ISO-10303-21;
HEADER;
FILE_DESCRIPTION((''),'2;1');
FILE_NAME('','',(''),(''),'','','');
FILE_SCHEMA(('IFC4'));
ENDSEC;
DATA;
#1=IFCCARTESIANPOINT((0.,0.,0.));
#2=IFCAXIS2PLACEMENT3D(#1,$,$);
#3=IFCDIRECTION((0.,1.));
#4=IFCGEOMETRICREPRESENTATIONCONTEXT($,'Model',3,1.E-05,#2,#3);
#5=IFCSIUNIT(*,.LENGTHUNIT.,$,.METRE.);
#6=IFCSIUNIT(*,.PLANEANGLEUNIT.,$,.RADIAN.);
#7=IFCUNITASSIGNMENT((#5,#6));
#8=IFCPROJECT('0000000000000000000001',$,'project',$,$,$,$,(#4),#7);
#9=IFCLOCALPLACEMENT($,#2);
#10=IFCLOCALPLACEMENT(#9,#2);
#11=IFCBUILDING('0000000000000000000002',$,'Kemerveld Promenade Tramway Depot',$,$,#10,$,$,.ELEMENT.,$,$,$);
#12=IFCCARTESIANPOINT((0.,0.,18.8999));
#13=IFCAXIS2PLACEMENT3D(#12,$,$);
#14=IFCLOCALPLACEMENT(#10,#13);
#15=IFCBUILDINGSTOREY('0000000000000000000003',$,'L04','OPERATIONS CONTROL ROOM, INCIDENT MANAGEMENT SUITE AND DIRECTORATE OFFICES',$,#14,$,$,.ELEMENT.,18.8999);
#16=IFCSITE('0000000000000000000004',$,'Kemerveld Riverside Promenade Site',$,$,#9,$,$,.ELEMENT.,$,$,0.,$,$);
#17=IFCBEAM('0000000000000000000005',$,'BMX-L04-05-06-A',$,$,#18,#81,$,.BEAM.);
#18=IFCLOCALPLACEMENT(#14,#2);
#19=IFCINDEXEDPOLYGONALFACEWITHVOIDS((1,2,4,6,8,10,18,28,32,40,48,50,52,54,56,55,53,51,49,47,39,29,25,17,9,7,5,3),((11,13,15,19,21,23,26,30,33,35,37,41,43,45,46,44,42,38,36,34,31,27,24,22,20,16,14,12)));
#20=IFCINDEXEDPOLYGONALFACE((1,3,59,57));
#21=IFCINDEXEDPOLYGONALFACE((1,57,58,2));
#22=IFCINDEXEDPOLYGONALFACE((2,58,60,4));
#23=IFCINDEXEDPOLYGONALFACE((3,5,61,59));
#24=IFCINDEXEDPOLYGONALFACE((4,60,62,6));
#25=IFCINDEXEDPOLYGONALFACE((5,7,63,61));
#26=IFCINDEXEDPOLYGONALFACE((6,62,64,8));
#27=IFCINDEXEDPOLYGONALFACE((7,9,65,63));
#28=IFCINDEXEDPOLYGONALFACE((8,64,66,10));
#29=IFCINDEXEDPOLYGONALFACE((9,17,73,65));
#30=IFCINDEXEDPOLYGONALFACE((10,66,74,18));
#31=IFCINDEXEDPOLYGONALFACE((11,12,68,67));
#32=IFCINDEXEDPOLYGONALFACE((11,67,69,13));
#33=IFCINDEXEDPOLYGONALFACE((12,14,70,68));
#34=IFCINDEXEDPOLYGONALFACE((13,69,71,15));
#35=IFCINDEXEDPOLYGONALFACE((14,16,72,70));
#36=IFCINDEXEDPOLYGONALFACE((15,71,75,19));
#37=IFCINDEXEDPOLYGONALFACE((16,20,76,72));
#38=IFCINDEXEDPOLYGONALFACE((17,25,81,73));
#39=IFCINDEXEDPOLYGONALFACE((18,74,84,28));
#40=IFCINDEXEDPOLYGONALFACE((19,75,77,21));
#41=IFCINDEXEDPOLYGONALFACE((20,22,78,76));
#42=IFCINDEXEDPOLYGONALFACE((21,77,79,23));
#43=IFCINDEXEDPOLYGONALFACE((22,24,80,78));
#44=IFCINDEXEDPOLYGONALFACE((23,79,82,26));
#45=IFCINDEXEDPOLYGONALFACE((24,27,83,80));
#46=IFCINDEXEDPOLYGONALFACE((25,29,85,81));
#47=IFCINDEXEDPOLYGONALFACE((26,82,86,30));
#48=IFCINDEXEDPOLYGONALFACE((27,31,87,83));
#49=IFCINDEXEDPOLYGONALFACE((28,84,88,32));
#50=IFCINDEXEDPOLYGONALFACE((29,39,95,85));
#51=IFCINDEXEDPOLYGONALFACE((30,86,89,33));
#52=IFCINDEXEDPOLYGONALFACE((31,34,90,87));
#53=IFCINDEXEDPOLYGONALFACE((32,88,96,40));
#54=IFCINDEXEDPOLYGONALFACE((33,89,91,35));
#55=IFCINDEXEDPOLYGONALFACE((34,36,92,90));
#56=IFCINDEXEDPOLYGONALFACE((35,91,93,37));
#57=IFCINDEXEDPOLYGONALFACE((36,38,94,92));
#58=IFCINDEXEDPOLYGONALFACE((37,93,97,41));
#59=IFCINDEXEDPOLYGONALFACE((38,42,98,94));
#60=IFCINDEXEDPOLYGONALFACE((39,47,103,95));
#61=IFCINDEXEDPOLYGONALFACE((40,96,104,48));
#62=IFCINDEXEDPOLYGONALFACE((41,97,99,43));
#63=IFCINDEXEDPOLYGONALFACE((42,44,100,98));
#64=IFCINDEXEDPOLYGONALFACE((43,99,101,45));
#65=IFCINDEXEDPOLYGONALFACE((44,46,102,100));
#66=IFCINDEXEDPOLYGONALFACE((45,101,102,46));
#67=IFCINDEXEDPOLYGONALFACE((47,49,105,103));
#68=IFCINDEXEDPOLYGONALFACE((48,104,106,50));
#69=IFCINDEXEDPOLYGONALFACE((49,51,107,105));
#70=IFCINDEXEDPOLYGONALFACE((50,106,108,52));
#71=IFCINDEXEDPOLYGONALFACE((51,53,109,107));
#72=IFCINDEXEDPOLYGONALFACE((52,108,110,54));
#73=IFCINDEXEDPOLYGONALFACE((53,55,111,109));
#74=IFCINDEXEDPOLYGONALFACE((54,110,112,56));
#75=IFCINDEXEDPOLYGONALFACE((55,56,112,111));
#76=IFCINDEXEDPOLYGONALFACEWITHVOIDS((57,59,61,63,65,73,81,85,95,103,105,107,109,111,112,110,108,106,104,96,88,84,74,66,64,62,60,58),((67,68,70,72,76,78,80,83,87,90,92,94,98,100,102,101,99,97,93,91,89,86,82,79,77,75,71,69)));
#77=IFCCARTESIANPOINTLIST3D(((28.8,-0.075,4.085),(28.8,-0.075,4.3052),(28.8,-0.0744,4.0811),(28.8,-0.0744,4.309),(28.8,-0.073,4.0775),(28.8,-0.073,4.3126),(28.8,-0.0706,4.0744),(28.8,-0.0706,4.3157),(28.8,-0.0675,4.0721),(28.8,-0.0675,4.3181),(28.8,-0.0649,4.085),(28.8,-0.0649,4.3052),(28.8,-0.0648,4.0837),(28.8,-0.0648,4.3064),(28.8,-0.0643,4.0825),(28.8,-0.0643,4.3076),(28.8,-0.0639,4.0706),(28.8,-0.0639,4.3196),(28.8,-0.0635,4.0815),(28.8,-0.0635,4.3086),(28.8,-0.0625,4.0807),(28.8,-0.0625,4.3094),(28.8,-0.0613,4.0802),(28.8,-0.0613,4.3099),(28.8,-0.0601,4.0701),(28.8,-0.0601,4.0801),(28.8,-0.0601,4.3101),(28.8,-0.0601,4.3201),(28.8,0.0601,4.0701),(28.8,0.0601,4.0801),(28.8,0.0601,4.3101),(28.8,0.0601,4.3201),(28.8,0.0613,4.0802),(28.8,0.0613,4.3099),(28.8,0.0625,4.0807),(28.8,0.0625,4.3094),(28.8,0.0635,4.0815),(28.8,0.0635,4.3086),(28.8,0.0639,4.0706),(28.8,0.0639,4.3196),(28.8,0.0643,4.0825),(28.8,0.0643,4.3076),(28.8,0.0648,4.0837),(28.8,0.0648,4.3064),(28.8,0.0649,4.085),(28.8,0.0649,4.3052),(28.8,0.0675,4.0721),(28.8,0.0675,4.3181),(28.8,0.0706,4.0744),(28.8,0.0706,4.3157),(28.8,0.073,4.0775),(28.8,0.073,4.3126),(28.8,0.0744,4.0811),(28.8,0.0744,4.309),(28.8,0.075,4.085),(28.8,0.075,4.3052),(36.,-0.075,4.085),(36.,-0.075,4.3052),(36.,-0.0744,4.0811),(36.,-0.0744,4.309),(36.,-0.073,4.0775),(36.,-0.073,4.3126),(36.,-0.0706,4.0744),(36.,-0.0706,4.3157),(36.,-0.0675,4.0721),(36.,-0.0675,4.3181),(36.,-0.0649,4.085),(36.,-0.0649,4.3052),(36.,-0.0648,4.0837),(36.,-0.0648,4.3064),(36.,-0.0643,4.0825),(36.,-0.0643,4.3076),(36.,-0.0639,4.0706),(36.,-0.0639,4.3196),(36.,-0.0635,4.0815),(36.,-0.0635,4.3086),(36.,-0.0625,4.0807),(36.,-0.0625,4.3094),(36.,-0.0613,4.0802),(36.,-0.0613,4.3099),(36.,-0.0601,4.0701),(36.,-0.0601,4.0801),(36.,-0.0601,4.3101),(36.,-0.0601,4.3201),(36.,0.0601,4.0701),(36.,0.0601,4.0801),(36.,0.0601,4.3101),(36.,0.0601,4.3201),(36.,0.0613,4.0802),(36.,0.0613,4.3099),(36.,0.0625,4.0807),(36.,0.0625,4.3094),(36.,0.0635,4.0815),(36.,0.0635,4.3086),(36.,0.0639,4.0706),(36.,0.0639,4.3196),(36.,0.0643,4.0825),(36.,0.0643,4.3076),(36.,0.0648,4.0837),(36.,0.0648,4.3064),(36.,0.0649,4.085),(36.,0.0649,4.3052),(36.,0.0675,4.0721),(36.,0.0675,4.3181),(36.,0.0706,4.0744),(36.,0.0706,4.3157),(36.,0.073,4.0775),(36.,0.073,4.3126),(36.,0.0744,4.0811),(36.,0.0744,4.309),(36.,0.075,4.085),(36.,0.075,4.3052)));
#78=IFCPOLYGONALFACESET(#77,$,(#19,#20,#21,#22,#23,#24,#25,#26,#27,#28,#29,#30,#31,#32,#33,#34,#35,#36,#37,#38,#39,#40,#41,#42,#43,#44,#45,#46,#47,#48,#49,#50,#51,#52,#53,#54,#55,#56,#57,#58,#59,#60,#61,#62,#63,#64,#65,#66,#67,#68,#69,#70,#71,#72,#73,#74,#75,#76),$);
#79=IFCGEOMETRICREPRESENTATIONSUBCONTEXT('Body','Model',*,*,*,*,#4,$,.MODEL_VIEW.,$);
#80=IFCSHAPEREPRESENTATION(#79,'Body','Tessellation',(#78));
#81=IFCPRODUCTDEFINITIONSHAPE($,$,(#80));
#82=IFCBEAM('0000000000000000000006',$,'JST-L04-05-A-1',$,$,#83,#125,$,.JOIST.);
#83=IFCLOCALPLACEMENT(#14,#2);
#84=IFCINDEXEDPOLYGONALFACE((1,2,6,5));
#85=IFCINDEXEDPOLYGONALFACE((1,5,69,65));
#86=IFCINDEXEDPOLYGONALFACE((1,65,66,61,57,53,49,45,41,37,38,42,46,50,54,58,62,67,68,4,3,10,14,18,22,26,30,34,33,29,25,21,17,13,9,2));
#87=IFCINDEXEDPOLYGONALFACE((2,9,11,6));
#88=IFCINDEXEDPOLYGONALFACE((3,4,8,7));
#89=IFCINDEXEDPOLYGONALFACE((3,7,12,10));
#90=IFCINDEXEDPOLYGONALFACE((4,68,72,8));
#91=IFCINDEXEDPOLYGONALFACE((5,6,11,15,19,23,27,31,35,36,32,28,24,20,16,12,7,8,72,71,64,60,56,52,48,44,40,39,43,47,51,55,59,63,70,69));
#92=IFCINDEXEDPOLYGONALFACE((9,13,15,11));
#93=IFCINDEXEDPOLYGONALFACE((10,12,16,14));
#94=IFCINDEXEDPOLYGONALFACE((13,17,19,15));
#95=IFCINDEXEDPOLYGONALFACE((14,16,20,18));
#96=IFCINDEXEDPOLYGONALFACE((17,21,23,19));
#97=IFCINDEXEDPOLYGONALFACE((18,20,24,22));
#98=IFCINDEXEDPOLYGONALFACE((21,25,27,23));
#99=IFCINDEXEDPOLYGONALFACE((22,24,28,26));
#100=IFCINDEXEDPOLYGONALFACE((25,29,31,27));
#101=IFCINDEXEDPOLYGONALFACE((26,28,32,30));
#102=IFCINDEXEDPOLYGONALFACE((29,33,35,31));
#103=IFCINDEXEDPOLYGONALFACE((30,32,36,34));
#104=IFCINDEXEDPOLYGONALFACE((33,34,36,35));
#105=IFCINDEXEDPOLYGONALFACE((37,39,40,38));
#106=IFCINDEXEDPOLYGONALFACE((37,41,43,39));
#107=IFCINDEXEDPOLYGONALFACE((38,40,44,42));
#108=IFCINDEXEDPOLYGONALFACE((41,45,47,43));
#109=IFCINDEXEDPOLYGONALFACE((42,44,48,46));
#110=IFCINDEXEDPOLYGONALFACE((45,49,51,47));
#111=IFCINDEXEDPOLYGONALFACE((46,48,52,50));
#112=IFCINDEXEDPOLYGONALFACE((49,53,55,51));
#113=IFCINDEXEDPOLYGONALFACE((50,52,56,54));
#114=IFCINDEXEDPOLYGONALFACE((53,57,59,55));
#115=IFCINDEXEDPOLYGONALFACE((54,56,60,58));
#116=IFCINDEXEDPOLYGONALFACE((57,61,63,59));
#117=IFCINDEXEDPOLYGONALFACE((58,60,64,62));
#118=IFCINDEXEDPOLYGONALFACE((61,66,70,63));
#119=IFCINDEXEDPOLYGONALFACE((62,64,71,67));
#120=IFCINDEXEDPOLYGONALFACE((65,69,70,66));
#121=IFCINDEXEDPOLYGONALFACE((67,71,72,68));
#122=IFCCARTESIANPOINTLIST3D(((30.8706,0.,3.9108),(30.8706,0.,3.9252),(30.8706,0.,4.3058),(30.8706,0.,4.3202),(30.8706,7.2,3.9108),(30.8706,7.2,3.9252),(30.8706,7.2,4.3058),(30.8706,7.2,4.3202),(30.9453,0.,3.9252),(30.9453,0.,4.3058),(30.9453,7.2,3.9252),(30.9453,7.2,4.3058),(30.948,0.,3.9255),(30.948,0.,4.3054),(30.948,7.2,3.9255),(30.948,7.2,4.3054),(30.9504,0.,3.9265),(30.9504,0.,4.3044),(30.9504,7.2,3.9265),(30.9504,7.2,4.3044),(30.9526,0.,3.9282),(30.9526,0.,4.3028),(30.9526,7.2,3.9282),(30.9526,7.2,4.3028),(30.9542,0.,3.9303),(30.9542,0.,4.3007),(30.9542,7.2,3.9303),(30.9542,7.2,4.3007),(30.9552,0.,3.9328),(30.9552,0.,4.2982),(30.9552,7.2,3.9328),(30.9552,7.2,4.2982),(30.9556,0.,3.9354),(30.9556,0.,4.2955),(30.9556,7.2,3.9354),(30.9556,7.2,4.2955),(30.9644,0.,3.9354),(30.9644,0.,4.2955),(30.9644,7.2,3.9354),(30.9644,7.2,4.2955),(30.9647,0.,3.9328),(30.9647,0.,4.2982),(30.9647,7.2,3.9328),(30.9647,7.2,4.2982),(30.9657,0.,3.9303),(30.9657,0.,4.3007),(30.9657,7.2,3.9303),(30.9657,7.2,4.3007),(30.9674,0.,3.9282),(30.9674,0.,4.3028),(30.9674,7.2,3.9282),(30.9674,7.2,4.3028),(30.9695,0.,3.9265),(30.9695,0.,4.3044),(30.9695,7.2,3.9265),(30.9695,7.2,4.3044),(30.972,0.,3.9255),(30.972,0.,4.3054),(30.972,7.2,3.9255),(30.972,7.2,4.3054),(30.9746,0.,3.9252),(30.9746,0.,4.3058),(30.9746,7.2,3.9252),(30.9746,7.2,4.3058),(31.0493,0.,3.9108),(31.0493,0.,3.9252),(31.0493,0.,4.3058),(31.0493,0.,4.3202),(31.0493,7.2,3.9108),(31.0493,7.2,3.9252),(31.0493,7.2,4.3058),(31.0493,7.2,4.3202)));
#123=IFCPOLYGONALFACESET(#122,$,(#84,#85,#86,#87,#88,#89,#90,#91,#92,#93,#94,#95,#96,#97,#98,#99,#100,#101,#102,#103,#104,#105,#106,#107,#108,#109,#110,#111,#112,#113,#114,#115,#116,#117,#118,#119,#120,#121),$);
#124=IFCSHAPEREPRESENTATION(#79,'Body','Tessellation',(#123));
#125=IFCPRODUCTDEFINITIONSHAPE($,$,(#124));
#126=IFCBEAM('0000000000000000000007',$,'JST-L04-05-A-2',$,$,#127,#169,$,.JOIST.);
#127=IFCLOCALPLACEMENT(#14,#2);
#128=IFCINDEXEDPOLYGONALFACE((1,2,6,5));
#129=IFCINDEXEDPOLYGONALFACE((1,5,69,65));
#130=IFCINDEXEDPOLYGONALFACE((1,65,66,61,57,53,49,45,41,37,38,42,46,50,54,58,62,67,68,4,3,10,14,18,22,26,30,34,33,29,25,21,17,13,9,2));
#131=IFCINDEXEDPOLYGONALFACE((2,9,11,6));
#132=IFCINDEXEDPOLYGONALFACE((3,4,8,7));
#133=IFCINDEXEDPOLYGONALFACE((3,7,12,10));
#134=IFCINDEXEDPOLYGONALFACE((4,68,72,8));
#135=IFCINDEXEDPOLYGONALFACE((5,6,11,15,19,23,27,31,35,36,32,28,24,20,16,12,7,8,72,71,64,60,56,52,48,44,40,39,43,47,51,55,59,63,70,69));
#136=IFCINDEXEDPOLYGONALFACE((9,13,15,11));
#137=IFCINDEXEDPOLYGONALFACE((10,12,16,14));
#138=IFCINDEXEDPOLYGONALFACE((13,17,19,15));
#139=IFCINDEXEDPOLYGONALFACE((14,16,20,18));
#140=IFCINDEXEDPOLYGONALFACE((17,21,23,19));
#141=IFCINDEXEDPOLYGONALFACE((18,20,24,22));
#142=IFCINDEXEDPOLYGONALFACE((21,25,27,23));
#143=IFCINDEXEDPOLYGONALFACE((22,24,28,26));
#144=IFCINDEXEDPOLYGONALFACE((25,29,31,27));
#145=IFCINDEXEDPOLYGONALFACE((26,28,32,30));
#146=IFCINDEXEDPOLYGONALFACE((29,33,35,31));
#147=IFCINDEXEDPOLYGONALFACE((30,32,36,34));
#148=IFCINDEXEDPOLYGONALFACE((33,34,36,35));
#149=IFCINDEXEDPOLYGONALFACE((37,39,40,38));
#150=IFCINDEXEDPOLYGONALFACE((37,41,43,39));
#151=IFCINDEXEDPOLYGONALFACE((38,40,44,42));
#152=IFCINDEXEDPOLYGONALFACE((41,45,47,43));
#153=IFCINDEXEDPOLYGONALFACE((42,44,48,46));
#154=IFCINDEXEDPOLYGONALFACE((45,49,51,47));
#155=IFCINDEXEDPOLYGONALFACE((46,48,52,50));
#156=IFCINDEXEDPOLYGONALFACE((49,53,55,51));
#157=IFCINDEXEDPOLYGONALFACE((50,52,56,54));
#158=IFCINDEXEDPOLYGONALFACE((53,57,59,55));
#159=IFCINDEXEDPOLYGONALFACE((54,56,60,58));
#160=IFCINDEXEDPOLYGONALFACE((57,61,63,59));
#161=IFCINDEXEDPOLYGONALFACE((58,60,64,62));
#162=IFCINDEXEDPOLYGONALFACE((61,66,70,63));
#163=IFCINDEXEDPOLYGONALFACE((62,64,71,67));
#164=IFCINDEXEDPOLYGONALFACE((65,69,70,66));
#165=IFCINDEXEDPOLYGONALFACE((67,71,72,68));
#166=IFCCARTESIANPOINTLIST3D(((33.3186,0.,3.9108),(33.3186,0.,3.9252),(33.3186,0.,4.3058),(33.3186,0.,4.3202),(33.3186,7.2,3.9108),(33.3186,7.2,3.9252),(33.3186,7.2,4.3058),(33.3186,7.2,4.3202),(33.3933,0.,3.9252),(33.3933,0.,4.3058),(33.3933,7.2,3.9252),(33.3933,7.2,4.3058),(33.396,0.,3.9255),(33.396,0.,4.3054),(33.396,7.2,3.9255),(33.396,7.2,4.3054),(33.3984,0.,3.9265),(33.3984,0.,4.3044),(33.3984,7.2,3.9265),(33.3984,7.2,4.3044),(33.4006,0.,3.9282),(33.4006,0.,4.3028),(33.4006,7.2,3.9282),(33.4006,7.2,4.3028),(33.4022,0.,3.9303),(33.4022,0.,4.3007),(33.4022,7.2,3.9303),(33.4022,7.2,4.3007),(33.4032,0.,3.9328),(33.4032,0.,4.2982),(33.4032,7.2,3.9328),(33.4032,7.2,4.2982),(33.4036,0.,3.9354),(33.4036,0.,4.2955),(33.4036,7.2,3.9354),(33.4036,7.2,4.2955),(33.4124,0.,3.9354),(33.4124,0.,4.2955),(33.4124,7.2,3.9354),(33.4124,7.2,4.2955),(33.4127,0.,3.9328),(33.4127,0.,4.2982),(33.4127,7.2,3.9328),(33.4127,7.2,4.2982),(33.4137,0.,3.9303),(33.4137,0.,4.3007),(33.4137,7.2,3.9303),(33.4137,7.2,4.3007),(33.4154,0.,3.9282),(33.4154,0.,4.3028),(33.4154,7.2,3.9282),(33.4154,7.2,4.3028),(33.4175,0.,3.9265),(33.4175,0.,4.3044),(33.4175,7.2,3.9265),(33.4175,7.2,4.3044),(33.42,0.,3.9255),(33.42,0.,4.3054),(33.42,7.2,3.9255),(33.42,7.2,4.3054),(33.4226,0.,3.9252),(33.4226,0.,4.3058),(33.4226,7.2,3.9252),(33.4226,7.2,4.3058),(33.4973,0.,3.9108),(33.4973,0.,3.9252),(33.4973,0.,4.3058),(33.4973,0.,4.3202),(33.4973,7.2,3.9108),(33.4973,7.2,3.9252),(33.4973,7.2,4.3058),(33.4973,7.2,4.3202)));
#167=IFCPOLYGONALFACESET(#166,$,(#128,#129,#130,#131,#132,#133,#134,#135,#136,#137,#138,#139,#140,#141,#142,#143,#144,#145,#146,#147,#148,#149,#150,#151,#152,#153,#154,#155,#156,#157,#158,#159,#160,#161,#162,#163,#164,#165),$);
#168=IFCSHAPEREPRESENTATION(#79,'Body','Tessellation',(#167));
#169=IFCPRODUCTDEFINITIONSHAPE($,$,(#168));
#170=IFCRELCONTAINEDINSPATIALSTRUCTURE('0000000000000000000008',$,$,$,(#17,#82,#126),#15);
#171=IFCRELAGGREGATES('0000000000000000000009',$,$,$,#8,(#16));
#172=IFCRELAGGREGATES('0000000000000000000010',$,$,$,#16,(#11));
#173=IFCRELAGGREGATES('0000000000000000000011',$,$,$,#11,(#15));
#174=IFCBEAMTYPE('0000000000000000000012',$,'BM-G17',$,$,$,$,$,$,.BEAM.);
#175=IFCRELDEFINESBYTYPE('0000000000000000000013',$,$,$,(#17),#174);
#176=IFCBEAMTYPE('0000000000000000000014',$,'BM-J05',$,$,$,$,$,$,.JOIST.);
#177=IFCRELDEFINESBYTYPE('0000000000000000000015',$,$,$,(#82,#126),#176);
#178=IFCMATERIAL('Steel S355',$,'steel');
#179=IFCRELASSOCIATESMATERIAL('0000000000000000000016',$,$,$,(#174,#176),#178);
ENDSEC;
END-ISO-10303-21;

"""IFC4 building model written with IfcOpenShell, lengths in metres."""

from ifc_helpers import new_model, si_unit, direction, frame, origin, origin_2d, place, context, subcontext, project, spatial, hollow_rectangle, i_section, extrude, material, material_profile, profile_set, type_object, element, save


model = new_model("IFC4")

# Units and contexts
model_context = context("Model", 3, precision=1e-05, world=origin(), true_north=direction((0.0, 1.0)))
body_context = subcontext(model_context, "Body", "Model", "MODEL_VIEW")
ifc_project = project(units=[si_unit("LENGTHUNIT", "METRE"), si_unit("PLANEANGLEUNIT", "RADIAN")], contexts=[model_context])

# Site, building, storey
site_placement = place(None, origin())
site = spatial("IfcSite", under=ifc_project, at=site_placement, Name="Kemerveld Riverside Promenade Site", CompositionType="ELEMENT", RefElevation=0.0)
building_placement = place(site_placement, origin())
building = spatial("IfcBuilding", under=site, at=building_placement, Name="Kemerveld Promenade Tramway Depot", CompositionType="ELEMENT")
storey_placement = place(building_placement, frame((0.0, 0.0, 18.8999)))
storey = spatial("IfcBuildingStorey", under=building, at=storey_placement, Name="L04", Description="OPERATIONS CONTROL ROOM, INCIDENT MANAGEMENT SUITE AND DIRECTORATE OFFICES", CompositionType="ELEMENT", Elevation=18.8999)

# Shared definitions
ifc_material_1 = material(Name="Steel S355", Category="steel")

# Beams
ifc_material_profile_1 = material_profile(ifc_material_1, hollow_rectangle(XDim=0.1499, YDim=0.25, WallThickness=0.01, InnerFilletRadius=0.0049, OuterFilletRadius=0.0149, at=origin_2d()), Name="250x150x10.0 RHS")
ifc_profile_set_1 = profile_set([ifc_material_profile_1], Name="Steel S355")
beam_type_1 = type_object("IfcBeamType", Name="BM-G17", PredefinedType="BEAM", material=ifc_profile_set_1)
beam_placement = place(storey_placement, frame((28.8, 0.0, 4.1951), z_axis=(1.0, 0.0, 0.0), x_axis=(0.0, 1.0, 0.0)))
element("IfcBeam", 1, at=beam_placement, inside=storey, type_object=beam_type_1, Name="BMX-L04-05-06-A", PredefinedType="BEAM", context=body_context, shape_type="SweptSolid", body=[
    extrude(hollow_rectangle(XDim=0.1499, YDim=0.25, WallThickness=0.01, InnerFilletRadius=0.0049, OuterFilletRadius=0.0149, at=origin_2d()), origin(), (0.0, 0.0, 1.0), 7.2),
])
ifc_material_profile_2 = material_profile(ifc_material_1, i_section(OverallWidth=0.1787, OverallDepth=0.4094, WebThickness=0.0088, FlangeThickness=0.0144, FilletRadius=0.0103, at=origin_2d()), Name="406x178x67 UB")
ifc_profile_set_2 = profile_set([ifc_material_profile_2], Name="Steel S355")
beam_type_2 = type_object("IfcBeamType", Name="BM-J05", PredefinedType="JOIST", material=ifc_profile_set_2)
for number, where, z_axis, x_axis, name in (
    (2, (30.96, 0.0, 4.1155), (0.0, 1.0, 0.0), (-1.0, 0.0, 0.0), "JST-L04-05-A-1"),
    (3, (33.408, 0.0, 4.1155), (0.0, 1.0, 0.0), (-1.0, 0.0, 0.0), "JST-L04-05-A-2"),
):
    element("IfcBeam", number, at=place(storey_placement, frame(where, z_axis=z_axis, x_axis=x_axis)), inside=storey, type_object=beam_type_2, Name=name, PredefinedType="JOIST", context=body_context, shape_type="SweptSolid", body=[
        extrude(i_section(OverallWidth=0.1787, OverallDepth=0.4094, WebThickness=0.0088, FlangeThickness=0.0144, FilletRadius=0.0103, at=origin_2d()), origin(), (0.0, 0.0, 1.0), 7.2),
    ])

save(model, "model.ifc")
